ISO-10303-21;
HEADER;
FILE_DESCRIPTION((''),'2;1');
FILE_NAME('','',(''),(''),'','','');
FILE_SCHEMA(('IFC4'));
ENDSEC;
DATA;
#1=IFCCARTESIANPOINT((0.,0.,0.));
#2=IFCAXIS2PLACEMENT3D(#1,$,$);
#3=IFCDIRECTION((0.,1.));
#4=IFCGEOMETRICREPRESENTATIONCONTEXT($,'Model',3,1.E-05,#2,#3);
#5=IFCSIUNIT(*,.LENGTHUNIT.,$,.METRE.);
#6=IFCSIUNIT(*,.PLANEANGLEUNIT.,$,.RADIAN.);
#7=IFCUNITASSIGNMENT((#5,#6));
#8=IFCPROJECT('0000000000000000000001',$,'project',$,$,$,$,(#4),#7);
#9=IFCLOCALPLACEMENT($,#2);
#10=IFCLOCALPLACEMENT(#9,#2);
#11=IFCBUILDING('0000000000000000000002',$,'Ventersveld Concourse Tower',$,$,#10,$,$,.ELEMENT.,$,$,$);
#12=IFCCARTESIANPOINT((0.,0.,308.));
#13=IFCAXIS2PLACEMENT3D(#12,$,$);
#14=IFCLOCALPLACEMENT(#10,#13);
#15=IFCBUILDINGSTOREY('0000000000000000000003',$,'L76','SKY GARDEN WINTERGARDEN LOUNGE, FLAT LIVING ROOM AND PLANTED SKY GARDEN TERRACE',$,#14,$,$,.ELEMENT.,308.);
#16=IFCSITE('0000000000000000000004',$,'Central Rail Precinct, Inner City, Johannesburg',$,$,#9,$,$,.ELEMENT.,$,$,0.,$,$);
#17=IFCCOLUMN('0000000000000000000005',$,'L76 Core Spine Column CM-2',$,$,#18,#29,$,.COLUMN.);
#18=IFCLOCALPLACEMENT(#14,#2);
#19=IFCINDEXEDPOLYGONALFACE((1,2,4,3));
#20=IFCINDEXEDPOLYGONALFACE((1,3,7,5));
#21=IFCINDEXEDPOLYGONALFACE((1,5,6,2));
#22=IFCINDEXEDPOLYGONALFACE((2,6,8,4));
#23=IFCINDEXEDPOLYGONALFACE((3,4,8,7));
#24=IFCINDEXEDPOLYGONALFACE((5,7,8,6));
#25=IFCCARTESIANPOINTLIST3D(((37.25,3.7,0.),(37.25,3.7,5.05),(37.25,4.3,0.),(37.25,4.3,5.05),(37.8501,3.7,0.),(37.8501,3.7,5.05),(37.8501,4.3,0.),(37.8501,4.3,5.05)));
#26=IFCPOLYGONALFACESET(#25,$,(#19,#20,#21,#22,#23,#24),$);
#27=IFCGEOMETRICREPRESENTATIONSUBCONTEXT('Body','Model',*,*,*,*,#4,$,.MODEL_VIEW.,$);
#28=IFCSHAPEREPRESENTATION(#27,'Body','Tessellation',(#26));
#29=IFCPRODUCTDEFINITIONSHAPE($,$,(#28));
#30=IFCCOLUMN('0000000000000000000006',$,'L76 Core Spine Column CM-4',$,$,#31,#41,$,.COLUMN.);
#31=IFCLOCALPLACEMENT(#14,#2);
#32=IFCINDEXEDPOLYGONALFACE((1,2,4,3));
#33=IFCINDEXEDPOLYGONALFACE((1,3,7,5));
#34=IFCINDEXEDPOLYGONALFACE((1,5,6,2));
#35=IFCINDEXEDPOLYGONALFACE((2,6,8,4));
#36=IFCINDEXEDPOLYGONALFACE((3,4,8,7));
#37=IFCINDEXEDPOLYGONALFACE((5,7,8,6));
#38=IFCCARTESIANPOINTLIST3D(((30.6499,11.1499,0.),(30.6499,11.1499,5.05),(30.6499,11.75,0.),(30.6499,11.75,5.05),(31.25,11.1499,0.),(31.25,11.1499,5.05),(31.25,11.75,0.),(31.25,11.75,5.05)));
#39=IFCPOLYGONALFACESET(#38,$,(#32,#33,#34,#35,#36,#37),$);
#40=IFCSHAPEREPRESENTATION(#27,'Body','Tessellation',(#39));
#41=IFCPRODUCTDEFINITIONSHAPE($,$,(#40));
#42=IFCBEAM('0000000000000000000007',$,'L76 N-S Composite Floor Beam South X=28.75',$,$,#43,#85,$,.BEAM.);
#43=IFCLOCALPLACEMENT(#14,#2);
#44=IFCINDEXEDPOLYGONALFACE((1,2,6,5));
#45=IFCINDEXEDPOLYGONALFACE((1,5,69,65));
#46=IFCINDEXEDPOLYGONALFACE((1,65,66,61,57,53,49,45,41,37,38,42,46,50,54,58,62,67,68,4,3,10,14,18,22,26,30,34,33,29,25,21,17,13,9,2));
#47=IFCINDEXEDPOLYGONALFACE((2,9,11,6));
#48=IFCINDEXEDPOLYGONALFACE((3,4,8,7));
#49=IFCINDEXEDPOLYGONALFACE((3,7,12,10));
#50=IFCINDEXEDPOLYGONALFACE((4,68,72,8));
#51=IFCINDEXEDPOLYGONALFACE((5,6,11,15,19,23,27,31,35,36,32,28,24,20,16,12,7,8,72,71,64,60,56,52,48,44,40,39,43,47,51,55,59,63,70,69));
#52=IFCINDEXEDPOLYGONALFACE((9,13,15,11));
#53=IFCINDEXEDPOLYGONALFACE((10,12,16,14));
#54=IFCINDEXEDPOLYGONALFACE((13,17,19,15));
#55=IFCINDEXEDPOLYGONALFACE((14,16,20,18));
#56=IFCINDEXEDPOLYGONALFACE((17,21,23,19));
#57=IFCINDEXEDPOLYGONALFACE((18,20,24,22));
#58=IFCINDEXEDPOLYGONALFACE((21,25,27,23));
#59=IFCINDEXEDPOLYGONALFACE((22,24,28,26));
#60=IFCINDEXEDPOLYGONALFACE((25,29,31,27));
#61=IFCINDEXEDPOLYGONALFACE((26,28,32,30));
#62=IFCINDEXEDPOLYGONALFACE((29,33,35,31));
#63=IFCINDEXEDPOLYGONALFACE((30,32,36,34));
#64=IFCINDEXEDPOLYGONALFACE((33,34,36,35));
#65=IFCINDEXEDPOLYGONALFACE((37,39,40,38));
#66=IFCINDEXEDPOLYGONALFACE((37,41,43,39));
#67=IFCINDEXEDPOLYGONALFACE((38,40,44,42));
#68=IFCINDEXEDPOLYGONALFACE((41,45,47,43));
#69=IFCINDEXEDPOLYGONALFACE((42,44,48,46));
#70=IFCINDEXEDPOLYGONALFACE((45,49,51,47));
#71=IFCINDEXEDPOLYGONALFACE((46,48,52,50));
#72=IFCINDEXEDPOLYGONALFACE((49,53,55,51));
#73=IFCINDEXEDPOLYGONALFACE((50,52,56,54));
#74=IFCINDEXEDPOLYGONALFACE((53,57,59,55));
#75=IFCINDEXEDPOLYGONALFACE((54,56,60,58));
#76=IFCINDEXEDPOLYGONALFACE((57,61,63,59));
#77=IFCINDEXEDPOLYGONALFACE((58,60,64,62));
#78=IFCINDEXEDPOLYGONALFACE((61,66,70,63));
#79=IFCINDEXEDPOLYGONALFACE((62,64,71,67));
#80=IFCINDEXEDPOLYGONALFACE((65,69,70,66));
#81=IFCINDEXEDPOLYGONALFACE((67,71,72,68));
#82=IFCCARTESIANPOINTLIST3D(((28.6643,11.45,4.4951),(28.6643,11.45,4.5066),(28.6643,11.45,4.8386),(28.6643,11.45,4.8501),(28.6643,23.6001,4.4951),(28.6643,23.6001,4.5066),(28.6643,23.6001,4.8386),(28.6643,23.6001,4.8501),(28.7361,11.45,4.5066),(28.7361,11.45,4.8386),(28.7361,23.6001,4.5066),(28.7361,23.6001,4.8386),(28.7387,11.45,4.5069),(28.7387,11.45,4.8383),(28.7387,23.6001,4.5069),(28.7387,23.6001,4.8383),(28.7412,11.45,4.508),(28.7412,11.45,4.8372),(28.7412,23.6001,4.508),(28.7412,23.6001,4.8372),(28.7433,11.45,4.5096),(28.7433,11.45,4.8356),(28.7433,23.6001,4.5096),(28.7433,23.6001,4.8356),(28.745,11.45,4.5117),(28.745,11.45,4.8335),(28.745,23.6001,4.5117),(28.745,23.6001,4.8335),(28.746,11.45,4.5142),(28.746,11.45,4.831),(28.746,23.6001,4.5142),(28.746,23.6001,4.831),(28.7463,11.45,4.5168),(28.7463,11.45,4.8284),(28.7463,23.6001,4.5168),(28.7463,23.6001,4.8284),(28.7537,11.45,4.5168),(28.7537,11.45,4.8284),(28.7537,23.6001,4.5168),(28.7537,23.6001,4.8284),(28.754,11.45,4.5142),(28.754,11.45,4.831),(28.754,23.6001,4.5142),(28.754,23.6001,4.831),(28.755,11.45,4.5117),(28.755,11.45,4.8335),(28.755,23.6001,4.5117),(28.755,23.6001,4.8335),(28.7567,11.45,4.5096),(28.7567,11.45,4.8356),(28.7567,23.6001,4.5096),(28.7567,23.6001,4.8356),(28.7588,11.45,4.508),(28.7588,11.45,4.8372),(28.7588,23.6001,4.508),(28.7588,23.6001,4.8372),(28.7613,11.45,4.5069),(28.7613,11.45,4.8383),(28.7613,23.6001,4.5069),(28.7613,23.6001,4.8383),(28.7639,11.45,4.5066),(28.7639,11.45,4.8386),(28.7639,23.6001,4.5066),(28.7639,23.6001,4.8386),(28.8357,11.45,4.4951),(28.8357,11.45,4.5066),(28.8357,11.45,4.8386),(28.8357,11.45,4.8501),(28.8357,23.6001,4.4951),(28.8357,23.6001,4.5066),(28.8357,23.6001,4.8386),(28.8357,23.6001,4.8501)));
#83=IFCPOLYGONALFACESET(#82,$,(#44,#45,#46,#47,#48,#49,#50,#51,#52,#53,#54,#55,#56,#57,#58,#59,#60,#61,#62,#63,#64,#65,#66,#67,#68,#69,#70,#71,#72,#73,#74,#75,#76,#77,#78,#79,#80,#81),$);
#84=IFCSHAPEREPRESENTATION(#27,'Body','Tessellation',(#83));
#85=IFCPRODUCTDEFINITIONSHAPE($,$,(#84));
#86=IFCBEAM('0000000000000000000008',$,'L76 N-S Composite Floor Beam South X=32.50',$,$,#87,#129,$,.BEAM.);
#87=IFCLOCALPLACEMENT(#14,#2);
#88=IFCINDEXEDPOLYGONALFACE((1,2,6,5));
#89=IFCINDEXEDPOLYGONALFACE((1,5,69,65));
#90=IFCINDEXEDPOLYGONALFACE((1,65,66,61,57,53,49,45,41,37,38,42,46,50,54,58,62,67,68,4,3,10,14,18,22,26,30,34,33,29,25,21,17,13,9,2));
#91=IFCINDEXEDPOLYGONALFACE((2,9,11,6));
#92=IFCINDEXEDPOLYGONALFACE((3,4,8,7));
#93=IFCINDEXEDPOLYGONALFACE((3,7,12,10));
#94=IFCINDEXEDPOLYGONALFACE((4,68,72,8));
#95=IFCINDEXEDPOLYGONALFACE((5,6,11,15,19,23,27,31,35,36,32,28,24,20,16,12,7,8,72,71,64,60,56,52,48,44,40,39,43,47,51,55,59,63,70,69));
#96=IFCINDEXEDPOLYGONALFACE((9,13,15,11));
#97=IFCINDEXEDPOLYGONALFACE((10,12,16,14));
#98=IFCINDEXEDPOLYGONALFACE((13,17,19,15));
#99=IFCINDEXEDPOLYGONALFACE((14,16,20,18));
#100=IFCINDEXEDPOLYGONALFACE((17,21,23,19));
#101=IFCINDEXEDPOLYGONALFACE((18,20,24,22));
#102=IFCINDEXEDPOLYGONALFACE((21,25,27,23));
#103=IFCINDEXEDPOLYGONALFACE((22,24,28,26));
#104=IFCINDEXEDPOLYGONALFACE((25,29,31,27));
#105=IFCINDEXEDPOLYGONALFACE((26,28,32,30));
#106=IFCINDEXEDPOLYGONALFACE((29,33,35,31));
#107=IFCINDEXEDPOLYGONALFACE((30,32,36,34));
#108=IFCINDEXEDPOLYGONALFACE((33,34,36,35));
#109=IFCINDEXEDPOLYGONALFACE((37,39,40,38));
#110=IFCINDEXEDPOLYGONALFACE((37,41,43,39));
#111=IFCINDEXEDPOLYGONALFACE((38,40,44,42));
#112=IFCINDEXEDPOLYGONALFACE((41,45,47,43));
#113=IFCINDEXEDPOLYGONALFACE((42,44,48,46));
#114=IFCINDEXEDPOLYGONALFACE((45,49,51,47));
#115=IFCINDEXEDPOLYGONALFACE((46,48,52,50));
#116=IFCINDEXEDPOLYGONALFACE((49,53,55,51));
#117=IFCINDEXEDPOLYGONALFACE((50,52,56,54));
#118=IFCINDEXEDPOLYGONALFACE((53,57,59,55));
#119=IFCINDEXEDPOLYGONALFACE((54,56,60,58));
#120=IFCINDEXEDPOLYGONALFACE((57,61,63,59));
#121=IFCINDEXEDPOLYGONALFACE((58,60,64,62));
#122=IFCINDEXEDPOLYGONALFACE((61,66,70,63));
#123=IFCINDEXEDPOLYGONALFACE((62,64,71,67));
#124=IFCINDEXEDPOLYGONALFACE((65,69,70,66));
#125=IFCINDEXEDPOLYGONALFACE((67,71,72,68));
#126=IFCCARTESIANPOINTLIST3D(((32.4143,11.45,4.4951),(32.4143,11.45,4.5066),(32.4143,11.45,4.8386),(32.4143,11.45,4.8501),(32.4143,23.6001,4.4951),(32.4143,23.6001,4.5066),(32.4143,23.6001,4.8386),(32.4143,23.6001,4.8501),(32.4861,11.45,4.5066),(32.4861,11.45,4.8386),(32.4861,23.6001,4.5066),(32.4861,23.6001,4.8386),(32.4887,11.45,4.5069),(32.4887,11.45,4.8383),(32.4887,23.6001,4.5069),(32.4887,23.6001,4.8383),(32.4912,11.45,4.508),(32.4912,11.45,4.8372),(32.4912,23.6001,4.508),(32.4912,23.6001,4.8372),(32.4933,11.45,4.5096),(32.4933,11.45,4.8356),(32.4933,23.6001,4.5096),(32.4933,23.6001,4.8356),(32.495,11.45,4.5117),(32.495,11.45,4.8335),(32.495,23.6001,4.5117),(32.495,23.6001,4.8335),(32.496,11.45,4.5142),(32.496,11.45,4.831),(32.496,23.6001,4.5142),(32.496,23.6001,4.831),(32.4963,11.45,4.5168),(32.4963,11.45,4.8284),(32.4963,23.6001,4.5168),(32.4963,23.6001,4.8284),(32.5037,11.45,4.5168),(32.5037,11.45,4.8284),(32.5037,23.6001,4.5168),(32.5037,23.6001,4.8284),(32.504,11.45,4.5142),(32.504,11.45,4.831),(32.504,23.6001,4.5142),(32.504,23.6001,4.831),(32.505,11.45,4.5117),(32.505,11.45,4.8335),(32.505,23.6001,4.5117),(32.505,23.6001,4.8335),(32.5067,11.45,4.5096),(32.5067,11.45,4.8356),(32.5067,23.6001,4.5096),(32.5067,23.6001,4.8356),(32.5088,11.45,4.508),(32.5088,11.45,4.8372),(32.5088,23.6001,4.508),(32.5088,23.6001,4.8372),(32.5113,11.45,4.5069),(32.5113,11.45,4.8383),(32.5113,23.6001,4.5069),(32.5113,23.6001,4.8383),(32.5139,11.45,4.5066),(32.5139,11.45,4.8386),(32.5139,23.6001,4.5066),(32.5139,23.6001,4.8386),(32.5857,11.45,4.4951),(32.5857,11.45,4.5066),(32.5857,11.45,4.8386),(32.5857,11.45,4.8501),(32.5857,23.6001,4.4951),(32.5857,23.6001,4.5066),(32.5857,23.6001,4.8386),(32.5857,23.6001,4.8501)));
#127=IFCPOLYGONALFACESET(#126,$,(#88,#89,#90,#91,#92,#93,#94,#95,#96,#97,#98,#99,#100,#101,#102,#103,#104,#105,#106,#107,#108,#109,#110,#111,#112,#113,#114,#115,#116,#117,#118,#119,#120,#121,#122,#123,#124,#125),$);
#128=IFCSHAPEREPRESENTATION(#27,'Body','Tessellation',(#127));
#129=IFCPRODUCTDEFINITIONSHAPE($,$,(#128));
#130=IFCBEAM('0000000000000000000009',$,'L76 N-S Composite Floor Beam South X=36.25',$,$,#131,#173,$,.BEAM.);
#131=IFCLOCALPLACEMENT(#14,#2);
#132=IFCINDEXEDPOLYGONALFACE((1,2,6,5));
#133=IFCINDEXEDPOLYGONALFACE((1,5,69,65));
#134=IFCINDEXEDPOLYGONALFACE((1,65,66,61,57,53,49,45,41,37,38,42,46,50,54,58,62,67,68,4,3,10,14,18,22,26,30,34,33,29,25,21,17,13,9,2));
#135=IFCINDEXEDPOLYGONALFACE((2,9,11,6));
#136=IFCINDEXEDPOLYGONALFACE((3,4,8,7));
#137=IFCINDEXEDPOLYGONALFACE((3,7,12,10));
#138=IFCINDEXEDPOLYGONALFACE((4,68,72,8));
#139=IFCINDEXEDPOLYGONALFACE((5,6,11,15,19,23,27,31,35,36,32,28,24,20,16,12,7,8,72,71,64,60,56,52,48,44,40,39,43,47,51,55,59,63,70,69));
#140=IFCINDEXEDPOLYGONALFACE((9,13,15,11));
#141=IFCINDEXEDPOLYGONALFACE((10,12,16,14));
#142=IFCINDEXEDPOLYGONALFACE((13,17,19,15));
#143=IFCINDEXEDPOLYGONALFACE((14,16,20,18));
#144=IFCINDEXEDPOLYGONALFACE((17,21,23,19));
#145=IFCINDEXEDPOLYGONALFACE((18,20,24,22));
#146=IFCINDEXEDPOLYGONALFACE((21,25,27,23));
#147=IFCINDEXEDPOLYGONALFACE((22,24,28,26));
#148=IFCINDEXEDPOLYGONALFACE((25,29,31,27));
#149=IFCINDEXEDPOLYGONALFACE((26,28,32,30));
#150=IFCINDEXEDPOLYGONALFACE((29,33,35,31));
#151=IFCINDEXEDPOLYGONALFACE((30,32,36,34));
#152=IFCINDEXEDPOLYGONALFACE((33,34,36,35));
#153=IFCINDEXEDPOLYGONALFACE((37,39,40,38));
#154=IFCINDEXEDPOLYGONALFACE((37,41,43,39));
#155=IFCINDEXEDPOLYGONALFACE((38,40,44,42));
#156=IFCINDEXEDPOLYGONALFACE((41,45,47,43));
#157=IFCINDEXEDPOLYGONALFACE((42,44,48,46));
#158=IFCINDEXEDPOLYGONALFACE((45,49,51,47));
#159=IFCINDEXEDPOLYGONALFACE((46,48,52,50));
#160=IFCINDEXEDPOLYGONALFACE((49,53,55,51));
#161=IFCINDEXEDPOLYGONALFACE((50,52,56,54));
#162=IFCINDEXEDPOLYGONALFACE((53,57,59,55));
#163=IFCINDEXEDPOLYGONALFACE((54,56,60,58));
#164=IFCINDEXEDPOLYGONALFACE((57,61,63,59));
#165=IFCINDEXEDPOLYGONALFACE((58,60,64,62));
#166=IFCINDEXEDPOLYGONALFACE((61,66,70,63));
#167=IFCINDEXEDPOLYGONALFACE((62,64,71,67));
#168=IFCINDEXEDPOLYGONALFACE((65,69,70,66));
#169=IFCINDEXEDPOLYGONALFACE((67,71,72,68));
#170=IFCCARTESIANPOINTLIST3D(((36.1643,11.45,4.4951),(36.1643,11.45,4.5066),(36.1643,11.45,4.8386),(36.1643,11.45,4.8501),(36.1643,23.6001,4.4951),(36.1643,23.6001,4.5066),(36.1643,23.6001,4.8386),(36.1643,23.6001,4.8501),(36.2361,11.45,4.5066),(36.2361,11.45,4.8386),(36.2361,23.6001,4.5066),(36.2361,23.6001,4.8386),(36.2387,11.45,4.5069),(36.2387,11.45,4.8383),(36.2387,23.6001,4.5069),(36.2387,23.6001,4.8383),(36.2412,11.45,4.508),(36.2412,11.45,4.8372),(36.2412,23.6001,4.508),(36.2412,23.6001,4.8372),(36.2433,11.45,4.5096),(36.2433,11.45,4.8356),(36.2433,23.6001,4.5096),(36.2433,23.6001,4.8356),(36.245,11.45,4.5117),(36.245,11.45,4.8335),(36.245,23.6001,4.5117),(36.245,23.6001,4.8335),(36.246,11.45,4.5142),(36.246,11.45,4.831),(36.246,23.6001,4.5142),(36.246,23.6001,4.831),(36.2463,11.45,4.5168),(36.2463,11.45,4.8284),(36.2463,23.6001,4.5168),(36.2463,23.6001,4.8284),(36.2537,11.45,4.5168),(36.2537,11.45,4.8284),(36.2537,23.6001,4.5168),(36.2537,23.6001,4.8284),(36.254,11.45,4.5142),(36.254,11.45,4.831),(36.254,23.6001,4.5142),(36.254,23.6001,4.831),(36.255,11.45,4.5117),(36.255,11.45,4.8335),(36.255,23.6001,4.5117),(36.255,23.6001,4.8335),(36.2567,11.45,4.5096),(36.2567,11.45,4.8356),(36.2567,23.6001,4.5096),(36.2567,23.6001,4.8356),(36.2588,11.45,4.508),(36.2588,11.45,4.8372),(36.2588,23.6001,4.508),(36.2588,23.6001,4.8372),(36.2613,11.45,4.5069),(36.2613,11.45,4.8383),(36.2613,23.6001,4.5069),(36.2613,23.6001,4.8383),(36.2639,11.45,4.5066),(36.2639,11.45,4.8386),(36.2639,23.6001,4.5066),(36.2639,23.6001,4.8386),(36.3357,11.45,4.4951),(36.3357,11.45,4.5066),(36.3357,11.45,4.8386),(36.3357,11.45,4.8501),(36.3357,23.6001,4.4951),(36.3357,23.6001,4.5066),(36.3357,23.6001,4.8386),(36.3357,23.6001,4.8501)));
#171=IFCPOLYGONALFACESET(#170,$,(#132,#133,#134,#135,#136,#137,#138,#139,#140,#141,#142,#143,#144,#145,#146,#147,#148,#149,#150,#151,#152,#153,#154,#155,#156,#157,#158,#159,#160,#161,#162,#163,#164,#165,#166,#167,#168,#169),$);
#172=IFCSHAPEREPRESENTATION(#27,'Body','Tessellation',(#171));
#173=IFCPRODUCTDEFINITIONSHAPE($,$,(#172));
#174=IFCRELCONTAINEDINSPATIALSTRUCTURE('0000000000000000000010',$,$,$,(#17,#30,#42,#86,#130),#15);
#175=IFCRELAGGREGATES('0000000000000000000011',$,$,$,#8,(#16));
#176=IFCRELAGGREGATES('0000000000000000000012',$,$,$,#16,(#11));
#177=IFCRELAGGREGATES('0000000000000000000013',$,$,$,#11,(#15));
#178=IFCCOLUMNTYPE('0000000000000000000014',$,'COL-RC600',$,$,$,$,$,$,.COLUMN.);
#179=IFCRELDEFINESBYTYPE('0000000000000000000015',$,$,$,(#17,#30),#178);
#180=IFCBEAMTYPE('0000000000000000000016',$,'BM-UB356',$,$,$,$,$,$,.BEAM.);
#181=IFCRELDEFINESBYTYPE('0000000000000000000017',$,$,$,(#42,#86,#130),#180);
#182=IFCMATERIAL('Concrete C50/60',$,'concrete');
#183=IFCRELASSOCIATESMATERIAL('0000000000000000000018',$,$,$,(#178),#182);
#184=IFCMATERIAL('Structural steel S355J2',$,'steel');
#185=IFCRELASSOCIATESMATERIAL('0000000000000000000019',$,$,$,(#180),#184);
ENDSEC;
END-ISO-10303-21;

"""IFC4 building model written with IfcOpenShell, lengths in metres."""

from ifc_helpers import new_model, si_unit, direction, frame, origin, origin_2d, place, context, subcontext, project, spatial, rectangle, i_section, extrude, material, material_profile, profile_set, type_object, element, save


model = new_model("IFC4")

# Units and contexts
model_context = context("Model", 3, precision=1e-05, world=origin(), true_north=direction((0.0, 1.0)))
body_context = subcontext(model_context, "Body", "Model", "MODEL_VIEW")
ifc_project = project(units=[si_unit("LENGTHUNIT", "METRE"), si_unit("PLANEANGLEUNIT", "RADIAN")], contexts=[model_context])

# Site, building, storey
site_placement = place(None, origin())
site = spatial("IfcSite", under=ifc_project, at=site_placement, Name="Central Rail Precinct, Inner City, Johannesburg", CompositionType="ELEMENT", RefElevation=0.0)
building_placement = place(site_placement, origin())
building = spatial("IfcBuilding", under=site, at=building_placement, Name="Ventersveld Concourse Tower", CompositionType="ELEMENT")
storey_placement = place(building_placement, frame((0.0, 0.0, 308.0)))
storey = spatial("IfcBuildingStorey", under=building, at=storey_placement, Name="L76", Description="SKY GARDEN WINTERGARDEN LOUNGE, FLAT LIVING ROOM AND PLANTED SKY GARDEN TERRACE", CompositionType="ELEMENT", Elevation=308.0)

# Columns
ifc_material_1 = material(Name="Concrete C50/60", Category="concrete")
ifc_material_profile_1 = material_profile(ifc_material_1, rectangle(XDim=0.6001, YDim=0.6001, at=origin_2d()), Name="RC 600x600")
ifc_profile_set_1 = profile_set([ifc_material_profile_1], Name="Concrete C50/60")
column_type = type_object("IfcColumnType", Name="COL-RC600", PredefinedType="COLUMN", material=ifc_profile_set_1)
for number, where, z_axis, x_axis, name in (
    (1, (37.55, 4.0, 0.0), (0.0, 0.0, 1.0), (1.0, 0.0, 0.0), "L76 Core Spine Column CM-2"),
    (2, (30.95, 11.45, 0.0), (0.0, 0.0, 1.0), (1.0, 0.0, 0.0), "L76 Core Spine Column CM-4"),
):
    element("IfcColumn", number, at=place(storey_placement, frame(where, z_axis=z_axis, x_axis=x_axis)), inside=storey, type_object=column_type, Name=name, PredefinedType="COLUMN", context=body_context, shape_type="SweptSolid", body=[
        extrude(rectangle(XDim=0.6001, YDim=0.6001, at=origin_2d()), origin(), (0.0, 0.0, 1.0), 5.05),
    ])

# Beams
ifc_material_2 = material(Name="Structural steel S355J2", Category="steel")
ifc_material_profile_2 = material_profile(ifc_material_2, i_section(OverallWidth=0.1714, OverallDepth=0.355, WebThickness=0.0073, FlangeThickness=0.0115, FilletRadius=0.0103, at=origin_2d()), Name="UB 356x171x51")
ifc_profile_set_2 = profile_set([ifc_material_profile_2], Name="Structural steel S355J2")
beam_type_1 = type_object("IfcBeamType", Name="BM-UB356", PredefinedType="BEAM", material=ifc_profile_set_2)
for number, where, z_axis, x_axis, name in (
    (3, (28.75, 11.45, 4.6726), (0.0, 1.0, 0.0), (-1.0, 0.0, 0.0), "L76 N-S Composite Floor Beam South X=28.75"),
    (4, (32.5, 11.45, 4.6726), (0.0, 1.0, 0.0), (-1.0, 0.0, 0.0), "L76 N-S Composite Floor Beam South X=32.50"),
    (5, (36.25, 11.45, 4.6726), (0.0, 1.0, 0.0), (-1.0, 0.0, 0.0), "L76 N-S Composite Floor Beam South X=36.25"),
):
    element("IfcBeam", number, at=place(storey_placement, frame(where, z_axis=z_axis, x_axis=x_axis)), inside=storey, type_object=beam_type_1, Name=name, PredefinedType="BEAM", context=body_context, shape_type="SweptSolid", body=[
        extrude(i_section(OverallWidth=0.1714, OverallDepth=0.355, WebThickness=0.0073, FlangeThickness=0.0115, FilletRadius=0.0103, at=origin_2d()), origin(), (0.0, 0.0, 1.0), 12.1501),
    ])

save(model, "model.ifc")
